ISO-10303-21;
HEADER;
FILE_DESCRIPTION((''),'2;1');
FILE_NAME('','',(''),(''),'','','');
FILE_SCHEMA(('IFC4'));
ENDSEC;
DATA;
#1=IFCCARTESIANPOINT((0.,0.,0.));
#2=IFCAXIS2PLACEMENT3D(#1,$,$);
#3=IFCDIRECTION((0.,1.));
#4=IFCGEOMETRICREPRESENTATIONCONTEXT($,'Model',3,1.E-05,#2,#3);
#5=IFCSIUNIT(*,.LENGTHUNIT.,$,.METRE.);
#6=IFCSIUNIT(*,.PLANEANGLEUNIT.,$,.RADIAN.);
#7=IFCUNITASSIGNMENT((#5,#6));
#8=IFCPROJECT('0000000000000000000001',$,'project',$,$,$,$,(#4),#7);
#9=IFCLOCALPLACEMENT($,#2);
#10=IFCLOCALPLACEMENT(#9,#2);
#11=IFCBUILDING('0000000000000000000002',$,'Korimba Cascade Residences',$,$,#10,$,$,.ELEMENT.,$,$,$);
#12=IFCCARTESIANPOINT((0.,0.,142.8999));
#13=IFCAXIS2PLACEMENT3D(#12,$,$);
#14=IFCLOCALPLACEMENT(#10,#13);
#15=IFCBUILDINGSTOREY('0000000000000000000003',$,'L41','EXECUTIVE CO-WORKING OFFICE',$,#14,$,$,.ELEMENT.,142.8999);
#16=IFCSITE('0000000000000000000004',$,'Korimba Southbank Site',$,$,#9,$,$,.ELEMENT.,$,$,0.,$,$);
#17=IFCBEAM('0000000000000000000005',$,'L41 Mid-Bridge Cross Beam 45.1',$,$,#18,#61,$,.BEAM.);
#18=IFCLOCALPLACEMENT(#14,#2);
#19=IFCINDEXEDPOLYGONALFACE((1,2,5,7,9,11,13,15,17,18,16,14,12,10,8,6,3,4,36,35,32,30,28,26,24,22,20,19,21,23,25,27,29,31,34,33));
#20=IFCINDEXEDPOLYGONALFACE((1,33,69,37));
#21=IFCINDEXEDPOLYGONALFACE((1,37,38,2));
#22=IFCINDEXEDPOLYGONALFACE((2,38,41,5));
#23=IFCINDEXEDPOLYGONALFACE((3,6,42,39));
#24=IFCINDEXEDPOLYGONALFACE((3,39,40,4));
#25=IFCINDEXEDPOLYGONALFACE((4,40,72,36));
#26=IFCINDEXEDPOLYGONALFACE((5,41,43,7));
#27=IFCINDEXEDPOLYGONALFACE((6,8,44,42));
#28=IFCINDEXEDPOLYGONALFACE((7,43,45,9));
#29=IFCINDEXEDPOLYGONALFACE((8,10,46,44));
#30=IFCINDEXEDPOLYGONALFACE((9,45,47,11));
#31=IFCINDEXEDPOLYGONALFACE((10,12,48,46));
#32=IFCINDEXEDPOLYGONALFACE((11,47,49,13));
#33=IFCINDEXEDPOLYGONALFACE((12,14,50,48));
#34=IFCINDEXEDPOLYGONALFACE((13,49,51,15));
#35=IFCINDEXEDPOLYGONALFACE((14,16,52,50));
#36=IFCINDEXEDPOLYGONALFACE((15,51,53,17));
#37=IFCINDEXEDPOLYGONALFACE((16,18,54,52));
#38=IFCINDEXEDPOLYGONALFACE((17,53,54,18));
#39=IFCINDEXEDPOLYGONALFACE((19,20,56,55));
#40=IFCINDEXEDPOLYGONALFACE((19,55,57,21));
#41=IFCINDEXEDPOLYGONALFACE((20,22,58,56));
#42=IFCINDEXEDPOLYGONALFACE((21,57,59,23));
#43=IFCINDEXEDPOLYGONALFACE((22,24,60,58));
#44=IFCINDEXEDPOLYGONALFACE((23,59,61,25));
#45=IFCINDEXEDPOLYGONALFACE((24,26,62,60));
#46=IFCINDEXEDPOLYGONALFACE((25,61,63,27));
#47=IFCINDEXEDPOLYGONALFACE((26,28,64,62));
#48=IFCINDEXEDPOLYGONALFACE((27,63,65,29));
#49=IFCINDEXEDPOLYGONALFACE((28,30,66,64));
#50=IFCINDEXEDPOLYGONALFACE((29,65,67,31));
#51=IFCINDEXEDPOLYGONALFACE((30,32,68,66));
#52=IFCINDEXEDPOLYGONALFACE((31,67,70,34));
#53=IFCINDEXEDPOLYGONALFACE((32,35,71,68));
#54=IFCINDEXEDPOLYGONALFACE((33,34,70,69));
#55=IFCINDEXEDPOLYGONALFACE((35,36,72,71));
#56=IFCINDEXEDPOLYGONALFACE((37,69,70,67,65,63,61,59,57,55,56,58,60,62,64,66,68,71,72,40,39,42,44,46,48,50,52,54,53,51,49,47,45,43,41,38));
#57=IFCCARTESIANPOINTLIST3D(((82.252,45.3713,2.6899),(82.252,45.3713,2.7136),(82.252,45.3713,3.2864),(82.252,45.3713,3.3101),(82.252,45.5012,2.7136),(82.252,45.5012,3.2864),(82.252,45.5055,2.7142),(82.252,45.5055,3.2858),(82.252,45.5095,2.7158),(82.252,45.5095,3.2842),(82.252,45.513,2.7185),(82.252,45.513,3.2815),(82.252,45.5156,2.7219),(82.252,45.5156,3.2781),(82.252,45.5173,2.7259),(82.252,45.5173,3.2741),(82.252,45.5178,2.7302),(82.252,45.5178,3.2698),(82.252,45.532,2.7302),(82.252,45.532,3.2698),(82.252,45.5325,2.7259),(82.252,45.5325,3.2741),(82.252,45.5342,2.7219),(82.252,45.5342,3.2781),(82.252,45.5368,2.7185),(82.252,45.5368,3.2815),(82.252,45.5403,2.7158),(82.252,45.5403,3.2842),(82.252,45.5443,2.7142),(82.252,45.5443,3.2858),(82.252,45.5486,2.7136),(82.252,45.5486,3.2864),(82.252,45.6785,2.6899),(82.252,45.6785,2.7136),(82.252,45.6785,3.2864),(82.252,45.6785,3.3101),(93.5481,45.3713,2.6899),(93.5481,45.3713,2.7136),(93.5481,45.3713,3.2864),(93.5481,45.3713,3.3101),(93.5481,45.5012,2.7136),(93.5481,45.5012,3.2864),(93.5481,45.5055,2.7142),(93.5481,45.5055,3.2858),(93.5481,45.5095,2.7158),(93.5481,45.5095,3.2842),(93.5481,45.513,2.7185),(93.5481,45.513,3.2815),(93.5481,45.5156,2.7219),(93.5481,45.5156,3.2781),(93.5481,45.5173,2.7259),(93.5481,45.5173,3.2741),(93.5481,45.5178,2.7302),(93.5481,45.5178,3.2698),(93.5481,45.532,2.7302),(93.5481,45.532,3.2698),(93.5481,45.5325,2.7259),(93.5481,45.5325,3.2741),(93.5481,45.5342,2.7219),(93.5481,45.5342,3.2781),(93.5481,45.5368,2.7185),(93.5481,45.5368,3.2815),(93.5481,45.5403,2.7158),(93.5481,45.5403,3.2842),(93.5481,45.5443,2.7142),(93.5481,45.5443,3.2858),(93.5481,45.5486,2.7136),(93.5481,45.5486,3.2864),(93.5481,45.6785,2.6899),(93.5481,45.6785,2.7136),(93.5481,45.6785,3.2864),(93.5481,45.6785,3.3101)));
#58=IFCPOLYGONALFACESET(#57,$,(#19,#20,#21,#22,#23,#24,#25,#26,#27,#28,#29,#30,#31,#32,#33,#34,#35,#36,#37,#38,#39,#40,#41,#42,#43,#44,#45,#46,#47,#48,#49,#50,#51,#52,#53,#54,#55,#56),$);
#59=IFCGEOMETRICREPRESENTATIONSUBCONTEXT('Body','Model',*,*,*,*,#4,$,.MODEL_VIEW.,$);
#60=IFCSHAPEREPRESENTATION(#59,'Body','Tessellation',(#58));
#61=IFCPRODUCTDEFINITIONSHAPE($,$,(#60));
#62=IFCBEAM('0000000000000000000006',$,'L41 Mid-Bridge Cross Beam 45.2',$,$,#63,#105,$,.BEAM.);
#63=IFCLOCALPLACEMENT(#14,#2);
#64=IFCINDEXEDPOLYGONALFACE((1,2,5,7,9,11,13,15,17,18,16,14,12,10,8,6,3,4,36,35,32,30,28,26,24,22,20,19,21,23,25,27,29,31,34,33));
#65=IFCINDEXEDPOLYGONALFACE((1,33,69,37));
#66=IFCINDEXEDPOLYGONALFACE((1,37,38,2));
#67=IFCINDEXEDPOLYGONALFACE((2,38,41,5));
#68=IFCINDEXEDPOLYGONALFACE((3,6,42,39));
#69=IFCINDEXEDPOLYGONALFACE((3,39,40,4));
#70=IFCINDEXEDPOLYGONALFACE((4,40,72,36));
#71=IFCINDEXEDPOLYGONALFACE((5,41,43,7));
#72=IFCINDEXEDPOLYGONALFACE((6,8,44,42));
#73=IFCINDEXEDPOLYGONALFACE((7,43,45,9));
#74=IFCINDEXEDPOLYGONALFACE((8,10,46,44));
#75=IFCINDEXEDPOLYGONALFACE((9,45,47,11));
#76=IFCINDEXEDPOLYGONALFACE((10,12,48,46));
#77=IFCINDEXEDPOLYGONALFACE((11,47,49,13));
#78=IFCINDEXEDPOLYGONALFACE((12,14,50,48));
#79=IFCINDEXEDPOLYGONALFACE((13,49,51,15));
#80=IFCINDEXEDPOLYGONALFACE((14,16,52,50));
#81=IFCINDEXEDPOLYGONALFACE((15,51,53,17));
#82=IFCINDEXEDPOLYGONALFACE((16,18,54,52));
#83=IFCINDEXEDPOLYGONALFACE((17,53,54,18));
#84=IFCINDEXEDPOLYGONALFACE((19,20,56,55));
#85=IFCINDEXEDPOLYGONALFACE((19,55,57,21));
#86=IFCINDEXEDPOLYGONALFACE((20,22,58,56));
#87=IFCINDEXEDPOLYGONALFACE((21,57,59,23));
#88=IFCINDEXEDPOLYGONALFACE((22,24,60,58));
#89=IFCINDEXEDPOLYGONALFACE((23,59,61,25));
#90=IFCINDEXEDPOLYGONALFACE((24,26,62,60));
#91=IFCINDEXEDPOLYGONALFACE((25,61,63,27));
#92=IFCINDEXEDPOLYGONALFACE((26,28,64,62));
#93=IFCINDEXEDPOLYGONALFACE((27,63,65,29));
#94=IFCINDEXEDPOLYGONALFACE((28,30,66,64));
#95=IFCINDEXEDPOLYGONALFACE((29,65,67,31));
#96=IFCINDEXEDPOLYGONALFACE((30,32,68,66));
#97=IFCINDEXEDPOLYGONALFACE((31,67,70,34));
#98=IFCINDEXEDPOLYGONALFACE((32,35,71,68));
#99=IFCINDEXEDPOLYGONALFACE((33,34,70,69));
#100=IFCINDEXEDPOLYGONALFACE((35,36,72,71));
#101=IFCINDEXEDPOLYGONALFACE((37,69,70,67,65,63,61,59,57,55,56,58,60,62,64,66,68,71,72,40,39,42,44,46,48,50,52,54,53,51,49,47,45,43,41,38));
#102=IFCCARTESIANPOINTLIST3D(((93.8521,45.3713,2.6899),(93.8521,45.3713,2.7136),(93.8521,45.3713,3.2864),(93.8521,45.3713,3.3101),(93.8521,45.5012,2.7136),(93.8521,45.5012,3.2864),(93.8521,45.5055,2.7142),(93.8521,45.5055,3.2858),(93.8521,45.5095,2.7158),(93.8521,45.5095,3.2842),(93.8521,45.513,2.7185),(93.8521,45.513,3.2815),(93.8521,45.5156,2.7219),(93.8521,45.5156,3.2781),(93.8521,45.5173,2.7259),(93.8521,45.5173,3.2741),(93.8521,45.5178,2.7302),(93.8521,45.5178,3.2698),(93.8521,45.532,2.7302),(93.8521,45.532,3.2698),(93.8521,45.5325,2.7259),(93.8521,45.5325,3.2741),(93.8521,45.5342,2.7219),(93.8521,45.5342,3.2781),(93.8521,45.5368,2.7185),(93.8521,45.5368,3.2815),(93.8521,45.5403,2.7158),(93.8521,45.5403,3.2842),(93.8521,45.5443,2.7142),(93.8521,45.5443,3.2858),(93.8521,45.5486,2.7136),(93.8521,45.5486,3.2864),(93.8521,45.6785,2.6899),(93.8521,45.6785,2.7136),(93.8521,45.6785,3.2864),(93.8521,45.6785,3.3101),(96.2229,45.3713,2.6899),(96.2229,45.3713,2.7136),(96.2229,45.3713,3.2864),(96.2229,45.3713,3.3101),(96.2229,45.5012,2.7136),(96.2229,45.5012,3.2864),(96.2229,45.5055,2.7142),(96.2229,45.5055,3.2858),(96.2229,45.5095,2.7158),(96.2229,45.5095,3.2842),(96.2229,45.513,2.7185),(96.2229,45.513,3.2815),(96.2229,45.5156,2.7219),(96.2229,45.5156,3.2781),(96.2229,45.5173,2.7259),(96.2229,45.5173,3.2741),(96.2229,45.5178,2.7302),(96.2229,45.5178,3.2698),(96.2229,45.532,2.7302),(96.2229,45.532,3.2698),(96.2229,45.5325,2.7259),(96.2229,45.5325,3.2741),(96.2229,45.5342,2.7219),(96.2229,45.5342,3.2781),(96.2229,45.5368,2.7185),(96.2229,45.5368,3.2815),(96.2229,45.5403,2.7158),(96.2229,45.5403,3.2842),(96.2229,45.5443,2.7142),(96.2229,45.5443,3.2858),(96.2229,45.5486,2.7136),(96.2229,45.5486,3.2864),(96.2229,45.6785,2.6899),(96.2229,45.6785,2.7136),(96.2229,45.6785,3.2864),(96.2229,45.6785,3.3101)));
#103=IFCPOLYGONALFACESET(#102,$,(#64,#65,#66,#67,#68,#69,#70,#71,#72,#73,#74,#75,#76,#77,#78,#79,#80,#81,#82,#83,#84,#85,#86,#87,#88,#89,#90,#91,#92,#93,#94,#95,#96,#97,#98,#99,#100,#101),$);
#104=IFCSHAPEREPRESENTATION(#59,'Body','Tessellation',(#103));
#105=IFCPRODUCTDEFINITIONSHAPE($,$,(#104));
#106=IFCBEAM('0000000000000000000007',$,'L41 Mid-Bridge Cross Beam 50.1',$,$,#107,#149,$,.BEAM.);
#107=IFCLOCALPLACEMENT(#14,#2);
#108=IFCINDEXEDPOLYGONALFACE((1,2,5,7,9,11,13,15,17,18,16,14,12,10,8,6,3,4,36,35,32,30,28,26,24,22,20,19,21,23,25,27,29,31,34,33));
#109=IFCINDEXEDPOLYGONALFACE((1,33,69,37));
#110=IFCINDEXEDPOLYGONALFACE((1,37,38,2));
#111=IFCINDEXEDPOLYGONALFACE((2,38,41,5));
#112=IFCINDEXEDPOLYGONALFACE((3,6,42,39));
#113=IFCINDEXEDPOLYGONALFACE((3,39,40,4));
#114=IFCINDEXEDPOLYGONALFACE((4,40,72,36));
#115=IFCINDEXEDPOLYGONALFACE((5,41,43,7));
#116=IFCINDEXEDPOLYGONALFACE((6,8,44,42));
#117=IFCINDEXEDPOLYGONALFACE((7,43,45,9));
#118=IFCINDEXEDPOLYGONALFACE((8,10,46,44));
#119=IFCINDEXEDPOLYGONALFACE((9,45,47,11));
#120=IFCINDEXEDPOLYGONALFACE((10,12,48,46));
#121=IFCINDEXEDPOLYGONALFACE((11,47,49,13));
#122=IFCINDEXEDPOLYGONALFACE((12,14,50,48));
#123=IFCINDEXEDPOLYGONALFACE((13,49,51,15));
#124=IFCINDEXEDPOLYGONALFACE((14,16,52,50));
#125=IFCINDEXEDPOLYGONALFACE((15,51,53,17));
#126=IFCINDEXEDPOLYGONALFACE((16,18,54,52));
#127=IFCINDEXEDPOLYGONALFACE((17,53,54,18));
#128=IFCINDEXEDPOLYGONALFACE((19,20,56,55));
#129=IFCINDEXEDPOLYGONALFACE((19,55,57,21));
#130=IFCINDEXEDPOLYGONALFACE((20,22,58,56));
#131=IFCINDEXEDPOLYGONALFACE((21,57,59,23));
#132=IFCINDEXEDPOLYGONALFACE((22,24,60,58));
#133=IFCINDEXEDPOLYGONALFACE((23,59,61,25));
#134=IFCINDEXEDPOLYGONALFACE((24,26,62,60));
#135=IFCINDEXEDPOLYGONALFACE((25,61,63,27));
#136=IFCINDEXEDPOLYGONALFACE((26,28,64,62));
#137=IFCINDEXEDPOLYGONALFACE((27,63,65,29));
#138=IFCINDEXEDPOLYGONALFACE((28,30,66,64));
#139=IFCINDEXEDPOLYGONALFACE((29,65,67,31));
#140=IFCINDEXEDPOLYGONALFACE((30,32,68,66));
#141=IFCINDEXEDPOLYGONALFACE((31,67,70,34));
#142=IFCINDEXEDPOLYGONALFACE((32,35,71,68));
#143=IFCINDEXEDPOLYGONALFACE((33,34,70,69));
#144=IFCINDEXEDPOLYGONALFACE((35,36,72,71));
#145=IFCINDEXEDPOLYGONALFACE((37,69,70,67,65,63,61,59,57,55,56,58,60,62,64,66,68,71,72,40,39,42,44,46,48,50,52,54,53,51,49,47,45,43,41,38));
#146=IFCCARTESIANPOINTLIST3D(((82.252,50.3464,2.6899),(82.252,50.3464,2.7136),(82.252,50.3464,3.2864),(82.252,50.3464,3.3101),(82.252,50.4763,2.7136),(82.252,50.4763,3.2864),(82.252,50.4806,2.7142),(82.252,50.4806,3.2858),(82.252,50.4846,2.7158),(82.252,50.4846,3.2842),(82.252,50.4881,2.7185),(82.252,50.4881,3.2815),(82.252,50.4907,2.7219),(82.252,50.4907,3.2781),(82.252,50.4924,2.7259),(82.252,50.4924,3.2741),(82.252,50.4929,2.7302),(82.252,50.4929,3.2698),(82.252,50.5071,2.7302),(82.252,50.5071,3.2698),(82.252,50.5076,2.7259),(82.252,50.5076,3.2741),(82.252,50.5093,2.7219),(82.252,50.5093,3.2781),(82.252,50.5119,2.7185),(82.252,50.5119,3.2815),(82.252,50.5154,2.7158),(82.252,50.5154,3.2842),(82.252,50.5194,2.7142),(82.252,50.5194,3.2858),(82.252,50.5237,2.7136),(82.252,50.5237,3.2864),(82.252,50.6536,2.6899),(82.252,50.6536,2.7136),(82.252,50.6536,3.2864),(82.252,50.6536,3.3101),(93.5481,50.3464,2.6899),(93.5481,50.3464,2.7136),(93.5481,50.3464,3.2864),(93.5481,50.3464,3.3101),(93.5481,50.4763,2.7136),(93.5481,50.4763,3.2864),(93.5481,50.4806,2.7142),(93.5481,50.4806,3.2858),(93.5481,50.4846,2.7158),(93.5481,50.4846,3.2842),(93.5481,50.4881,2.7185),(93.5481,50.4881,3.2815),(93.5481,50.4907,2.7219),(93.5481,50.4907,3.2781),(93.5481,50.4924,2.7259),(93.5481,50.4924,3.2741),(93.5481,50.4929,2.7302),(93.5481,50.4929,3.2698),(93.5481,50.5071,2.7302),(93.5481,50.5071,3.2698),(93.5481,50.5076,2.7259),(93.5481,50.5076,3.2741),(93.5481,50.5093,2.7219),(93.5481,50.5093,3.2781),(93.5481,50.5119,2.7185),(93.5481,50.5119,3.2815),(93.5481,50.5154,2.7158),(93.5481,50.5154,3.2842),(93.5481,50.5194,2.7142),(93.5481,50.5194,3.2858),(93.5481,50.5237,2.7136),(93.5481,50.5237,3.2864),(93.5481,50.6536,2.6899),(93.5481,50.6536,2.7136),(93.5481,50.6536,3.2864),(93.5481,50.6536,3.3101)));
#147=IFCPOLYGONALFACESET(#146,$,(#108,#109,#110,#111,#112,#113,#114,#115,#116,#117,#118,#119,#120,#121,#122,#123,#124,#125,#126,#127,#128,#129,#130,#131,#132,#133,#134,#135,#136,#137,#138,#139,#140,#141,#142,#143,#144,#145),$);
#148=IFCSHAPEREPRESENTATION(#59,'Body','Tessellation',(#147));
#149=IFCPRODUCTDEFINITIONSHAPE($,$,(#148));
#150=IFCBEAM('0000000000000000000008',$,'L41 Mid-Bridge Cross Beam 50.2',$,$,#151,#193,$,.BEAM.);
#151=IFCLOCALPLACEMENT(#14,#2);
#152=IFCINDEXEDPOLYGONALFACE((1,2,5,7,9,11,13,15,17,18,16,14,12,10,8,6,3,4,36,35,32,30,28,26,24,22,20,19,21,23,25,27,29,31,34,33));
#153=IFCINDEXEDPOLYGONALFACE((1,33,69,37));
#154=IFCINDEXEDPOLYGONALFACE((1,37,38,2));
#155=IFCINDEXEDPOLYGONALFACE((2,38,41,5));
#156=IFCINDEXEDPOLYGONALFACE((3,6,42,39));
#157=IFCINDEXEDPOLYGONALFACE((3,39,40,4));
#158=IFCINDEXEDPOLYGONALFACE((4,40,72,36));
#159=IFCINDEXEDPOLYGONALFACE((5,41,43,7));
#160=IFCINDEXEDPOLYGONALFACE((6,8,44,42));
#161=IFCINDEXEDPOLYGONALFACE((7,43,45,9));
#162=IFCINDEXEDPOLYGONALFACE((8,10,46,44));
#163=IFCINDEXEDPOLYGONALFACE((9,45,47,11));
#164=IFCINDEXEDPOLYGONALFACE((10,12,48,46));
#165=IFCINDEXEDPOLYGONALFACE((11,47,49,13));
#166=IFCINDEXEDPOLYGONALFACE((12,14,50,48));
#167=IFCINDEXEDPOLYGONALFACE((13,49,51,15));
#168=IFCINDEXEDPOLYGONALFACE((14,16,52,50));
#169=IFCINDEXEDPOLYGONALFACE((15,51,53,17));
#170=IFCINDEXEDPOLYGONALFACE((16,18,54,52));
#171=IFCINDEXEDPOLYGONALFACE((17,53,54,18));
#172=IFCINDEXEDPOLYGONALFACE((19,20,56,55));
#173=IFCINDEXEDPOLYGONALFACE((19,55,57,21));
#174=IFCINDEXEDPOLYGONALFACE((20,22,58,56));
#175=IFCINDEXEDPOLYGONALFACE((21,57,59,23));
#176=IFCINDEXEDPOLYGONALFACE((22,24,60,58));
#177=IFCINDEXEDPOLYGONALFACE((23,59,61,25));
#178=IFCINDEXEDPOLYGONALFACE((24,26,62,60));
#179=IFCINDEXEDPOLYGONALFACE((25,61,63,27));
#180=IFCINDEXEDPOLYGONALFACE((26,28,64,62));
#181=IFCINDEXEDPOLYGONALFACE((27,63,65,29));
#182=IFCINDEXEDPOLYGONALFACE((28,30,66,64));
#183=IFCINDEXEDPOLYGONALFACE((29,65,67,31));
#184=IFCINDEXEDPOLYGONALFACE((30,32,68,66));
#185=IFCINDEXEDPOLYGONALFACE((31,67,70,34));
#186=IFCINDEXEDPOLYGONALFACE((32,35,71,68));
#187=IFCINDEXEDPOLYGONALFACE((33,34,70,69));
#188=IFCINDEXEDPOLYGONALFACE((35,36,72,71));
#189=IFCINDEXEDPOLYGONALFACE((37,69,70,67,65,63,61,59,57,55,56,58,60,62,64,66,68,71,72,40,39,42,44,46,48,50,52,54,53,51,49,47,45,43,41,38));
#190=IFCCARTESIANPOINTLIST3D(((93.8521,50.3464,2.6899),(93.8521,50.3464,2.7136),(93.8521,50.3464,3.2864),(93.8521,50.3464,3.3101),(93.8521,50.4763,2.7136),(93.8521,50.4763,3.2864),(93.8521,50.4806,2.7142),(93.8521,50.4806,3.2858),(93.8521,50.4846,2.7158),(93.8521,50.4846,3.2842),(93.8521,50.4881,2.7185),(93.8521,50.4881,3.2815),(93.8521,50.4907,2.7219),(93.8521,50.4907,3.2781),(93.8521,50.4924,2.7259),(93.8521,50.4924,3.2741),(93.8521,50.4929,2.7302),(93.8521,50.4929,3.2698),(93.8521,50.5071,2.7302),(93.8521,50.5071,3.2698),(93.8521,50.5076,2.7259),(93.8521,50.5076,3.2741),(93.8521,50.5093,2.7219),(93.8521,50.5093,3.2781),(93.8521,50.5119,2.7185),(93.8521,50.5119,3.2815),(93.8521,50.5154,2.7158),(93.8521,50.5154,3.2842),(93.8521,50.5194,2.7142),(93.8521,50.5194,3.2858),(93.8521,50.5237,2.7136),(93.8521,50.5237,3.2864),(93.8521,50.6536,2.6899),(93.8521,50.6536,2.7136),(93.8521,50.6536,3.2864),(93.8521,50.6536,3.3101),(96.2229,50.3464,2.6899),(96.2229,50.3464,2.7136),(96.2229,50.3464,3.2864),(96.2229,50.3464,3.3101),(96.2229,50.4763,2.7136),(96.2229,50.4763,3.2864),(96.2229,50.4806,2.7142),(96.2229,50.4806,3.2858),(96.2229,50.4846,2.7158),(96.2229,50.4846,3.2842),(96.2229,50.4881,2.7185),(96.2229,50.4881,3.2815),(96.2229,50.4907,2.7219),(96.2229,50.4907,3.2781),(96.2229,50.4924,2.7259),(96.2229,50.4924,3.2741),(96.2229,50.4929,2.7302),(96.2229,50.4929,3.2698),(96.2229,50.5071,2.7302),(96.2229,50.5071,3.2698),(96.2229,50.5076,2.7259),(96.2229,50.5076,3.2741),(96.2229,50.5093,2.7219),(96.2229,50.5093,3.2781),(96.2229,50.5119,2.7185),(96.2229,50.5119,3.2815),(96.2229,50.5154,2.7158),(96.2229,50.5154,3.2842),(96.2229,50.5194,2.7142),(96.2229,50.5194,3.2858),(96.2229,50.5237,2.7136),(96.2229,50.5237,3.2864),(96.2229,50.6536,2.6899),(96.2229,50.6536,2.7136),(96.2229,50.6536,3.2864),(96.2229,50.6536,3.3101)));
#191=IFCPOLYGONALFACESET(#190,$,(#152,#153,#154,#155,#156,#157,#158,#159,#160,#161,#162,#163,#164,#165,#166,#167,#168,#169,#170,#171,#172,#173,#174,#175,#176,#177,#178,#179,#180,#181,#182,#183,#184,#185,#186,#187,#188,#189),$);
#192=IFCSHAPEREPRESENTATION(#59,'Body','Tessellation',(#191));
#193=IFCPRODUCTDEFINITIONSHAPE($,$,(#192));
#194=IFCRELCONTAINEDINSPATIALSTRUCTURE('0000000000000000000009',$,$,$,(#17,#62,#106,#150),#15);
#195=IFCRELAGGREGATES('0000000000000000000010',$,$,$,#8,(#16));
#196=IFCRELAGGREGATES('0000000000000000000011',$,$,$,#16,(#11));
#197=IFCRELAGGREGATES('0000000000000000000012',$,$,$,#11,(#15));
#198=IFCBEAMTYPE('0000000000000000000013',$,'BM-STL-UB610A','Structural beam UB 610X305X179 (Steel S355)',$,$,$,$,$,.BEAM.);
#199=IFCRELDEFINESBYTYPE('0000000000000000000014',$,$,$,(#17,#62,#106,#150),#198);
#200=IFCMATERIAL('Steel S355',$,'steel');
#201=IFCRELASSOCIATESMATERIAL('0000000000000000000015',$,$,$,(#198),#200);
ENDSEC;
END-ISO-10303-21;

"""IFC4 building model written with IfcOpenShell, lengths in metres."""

from ifc_helpers import new_model, si_unit, direction, frame, origin, origin_2d, place, context, subcontext, project, spatial, i_section, extrude, material, material_profile, profile_set, type_object, element, save


model = new_model("IFC4")

# Units and contexts
model_context = context("Model", 3, precision=1e-05, world=origin(), true_north=direction((0.0, 1.0)))
body_context = subcontext(model_context, "Body", "Model", "MODEL_VIEW")
ifc_project = project(units=[si_unit("LENGTHUNIT", "METRE"), si_unit("PLANEANGLEUNIT", "RADIAN")], contexts=[model_context])

# Site, building, storey
site_placement = place(None, origin())
site = spatial("IfcSite", under=ifc_project, at=site_placement, Name="Korimba Southbank Site", CompositionType="ELEMENT", RefElevation=0.0)
building_placement = place(site_placement, origin())
building = spatial("IfcBuilding", under=site, at=building_placement, Name="Korimba Cascade Residences", CompositionType="ELEMENT")
storey_placement = place(building_placement, frame((0.0, 0.0, 142.8999)))
storey = spatial("IfcBuildingStorey", under=building, at=storey_placement, Name="L41", Description="EXECUTIVE CO-WORKING OFFICE", CompositionType="ELEMENT", Elevation=142.8999)

# Beams
ifc_material_1 = material(Name="Steel S355", Category="steel")
ifc_material_profile_1 = material_profile(ifc_material_1, i_section(OverallWidth=0.3071, OverallDepth=0.6201, WebThickness=0.0142, FlangeThickness=0.0237, FilletRadius=0.0166, at=origin_2d()), Name="Steel S355")
ifc_profile_set_1 = profile_set([ifc_material_profile_1], Name="Steel S355")
beam_type_1 = type_object("IfcBeamType", Name="BM-STL-UB610A", Description="Structural beam UB 610X305X179 (Steel S355)", PredefinedType="BEAM", material=ifc_profile_set_1)
beam_1_placement = place(storey_placement, frame((82.252, 45.5249, 3.0), z_axis=(1.0, 0.0, 0.0), x_axis=(0.0, 1.0, 0.0)))
element("IfcBeam", 1, at=beam_1_placement, inside=storey, type_object=beam_type_1, Name="L41 Mid-Bridge Cross Beam 45.1", PredefinedType="BEAM", context=body_context, shape_type="SweptSolid", body=[
    extrude(i_section(OverallWidth=0.3071, OverallDepth=0.6201, WebThickness=0.0142, FlangeThickness=0.0237, FilletRadius=0.0166, at=origin_2d()), origin(), (0.0, 0.0, 1.0), 11.2961),
])
beam_2_placement = place(storey_placement, frame((93.8521, 45.5249, 3.0), z_axis=(1.0, 0.0, 0.0), x_axis=(0.0, 1.0, 0.0)))
element("IfcBeam", 2, at=beam_2_placement, inside=storey, type_object=beam_type_1, Name="L41 Mid-Bridge Cross Beam 45.2", PredefinedType="BEAM", context=body_context, shape_type="SweptSolid", body=[
    extrude(i_section(OverallWidth=0.3071, OverallDepth=0.6201, WebThickness=0.0142, FlangeThickness=0.0237, FilletRadius=0.0166, at=origin_2d()), origin(), (0.0, 0.0, 1.0), 2.3708),
])
beam_3_placement = place(storey_placement, frame((82.252, 50.5, 3.0), z_axis=(1.0, 0.0, 0.0), x_axis=(0.0, 1.0, 0.0)))
element("IfcBeam", 3, at=beam_3_placement, inside=storey, type_object=beam_type_1, Name="L41 Mid-Bridge Cross Beam 50.1", PredefinedType="BEAM", context=body_context, shape_type="SweptSolid", body=[
    extrude(i_section(OverallWidth=0.3071, OverallDepth=0.6201, WebThickness=0.0142, FlangeThickness=0.0237, FilletRadius=0.0166, at=origin_2d()), origin(), (0.0, 0.0, 1.0), 11.2961),
])
beam_4_placement = place(storey_placement, frame((93.8521, 50.5, 3.0), z_axis=(1.0, 0.0, 0.0), x_axis=(0.0, 1.0, 0.0)))
element("IfcBeam", 4, at=beam_4_placement, inside=storey, type_object=beam_type_1, Name="L41 Mid-Bridge Cross Beam 50.2", PredefinedType="BEAM", context=body_context, shape_type="SweptSolid", body=[
    extrude(i_section(OverallWidth=0.3071, OverallDepth=0.6201, WebThickness=0.0142, FlangeThickness=0.0237, FilletRadius=0.0166, at=origin_2d()), origin(), (0.0, 0.0, 1.0), 2.3708),
])

save(model, "model.ifc")
